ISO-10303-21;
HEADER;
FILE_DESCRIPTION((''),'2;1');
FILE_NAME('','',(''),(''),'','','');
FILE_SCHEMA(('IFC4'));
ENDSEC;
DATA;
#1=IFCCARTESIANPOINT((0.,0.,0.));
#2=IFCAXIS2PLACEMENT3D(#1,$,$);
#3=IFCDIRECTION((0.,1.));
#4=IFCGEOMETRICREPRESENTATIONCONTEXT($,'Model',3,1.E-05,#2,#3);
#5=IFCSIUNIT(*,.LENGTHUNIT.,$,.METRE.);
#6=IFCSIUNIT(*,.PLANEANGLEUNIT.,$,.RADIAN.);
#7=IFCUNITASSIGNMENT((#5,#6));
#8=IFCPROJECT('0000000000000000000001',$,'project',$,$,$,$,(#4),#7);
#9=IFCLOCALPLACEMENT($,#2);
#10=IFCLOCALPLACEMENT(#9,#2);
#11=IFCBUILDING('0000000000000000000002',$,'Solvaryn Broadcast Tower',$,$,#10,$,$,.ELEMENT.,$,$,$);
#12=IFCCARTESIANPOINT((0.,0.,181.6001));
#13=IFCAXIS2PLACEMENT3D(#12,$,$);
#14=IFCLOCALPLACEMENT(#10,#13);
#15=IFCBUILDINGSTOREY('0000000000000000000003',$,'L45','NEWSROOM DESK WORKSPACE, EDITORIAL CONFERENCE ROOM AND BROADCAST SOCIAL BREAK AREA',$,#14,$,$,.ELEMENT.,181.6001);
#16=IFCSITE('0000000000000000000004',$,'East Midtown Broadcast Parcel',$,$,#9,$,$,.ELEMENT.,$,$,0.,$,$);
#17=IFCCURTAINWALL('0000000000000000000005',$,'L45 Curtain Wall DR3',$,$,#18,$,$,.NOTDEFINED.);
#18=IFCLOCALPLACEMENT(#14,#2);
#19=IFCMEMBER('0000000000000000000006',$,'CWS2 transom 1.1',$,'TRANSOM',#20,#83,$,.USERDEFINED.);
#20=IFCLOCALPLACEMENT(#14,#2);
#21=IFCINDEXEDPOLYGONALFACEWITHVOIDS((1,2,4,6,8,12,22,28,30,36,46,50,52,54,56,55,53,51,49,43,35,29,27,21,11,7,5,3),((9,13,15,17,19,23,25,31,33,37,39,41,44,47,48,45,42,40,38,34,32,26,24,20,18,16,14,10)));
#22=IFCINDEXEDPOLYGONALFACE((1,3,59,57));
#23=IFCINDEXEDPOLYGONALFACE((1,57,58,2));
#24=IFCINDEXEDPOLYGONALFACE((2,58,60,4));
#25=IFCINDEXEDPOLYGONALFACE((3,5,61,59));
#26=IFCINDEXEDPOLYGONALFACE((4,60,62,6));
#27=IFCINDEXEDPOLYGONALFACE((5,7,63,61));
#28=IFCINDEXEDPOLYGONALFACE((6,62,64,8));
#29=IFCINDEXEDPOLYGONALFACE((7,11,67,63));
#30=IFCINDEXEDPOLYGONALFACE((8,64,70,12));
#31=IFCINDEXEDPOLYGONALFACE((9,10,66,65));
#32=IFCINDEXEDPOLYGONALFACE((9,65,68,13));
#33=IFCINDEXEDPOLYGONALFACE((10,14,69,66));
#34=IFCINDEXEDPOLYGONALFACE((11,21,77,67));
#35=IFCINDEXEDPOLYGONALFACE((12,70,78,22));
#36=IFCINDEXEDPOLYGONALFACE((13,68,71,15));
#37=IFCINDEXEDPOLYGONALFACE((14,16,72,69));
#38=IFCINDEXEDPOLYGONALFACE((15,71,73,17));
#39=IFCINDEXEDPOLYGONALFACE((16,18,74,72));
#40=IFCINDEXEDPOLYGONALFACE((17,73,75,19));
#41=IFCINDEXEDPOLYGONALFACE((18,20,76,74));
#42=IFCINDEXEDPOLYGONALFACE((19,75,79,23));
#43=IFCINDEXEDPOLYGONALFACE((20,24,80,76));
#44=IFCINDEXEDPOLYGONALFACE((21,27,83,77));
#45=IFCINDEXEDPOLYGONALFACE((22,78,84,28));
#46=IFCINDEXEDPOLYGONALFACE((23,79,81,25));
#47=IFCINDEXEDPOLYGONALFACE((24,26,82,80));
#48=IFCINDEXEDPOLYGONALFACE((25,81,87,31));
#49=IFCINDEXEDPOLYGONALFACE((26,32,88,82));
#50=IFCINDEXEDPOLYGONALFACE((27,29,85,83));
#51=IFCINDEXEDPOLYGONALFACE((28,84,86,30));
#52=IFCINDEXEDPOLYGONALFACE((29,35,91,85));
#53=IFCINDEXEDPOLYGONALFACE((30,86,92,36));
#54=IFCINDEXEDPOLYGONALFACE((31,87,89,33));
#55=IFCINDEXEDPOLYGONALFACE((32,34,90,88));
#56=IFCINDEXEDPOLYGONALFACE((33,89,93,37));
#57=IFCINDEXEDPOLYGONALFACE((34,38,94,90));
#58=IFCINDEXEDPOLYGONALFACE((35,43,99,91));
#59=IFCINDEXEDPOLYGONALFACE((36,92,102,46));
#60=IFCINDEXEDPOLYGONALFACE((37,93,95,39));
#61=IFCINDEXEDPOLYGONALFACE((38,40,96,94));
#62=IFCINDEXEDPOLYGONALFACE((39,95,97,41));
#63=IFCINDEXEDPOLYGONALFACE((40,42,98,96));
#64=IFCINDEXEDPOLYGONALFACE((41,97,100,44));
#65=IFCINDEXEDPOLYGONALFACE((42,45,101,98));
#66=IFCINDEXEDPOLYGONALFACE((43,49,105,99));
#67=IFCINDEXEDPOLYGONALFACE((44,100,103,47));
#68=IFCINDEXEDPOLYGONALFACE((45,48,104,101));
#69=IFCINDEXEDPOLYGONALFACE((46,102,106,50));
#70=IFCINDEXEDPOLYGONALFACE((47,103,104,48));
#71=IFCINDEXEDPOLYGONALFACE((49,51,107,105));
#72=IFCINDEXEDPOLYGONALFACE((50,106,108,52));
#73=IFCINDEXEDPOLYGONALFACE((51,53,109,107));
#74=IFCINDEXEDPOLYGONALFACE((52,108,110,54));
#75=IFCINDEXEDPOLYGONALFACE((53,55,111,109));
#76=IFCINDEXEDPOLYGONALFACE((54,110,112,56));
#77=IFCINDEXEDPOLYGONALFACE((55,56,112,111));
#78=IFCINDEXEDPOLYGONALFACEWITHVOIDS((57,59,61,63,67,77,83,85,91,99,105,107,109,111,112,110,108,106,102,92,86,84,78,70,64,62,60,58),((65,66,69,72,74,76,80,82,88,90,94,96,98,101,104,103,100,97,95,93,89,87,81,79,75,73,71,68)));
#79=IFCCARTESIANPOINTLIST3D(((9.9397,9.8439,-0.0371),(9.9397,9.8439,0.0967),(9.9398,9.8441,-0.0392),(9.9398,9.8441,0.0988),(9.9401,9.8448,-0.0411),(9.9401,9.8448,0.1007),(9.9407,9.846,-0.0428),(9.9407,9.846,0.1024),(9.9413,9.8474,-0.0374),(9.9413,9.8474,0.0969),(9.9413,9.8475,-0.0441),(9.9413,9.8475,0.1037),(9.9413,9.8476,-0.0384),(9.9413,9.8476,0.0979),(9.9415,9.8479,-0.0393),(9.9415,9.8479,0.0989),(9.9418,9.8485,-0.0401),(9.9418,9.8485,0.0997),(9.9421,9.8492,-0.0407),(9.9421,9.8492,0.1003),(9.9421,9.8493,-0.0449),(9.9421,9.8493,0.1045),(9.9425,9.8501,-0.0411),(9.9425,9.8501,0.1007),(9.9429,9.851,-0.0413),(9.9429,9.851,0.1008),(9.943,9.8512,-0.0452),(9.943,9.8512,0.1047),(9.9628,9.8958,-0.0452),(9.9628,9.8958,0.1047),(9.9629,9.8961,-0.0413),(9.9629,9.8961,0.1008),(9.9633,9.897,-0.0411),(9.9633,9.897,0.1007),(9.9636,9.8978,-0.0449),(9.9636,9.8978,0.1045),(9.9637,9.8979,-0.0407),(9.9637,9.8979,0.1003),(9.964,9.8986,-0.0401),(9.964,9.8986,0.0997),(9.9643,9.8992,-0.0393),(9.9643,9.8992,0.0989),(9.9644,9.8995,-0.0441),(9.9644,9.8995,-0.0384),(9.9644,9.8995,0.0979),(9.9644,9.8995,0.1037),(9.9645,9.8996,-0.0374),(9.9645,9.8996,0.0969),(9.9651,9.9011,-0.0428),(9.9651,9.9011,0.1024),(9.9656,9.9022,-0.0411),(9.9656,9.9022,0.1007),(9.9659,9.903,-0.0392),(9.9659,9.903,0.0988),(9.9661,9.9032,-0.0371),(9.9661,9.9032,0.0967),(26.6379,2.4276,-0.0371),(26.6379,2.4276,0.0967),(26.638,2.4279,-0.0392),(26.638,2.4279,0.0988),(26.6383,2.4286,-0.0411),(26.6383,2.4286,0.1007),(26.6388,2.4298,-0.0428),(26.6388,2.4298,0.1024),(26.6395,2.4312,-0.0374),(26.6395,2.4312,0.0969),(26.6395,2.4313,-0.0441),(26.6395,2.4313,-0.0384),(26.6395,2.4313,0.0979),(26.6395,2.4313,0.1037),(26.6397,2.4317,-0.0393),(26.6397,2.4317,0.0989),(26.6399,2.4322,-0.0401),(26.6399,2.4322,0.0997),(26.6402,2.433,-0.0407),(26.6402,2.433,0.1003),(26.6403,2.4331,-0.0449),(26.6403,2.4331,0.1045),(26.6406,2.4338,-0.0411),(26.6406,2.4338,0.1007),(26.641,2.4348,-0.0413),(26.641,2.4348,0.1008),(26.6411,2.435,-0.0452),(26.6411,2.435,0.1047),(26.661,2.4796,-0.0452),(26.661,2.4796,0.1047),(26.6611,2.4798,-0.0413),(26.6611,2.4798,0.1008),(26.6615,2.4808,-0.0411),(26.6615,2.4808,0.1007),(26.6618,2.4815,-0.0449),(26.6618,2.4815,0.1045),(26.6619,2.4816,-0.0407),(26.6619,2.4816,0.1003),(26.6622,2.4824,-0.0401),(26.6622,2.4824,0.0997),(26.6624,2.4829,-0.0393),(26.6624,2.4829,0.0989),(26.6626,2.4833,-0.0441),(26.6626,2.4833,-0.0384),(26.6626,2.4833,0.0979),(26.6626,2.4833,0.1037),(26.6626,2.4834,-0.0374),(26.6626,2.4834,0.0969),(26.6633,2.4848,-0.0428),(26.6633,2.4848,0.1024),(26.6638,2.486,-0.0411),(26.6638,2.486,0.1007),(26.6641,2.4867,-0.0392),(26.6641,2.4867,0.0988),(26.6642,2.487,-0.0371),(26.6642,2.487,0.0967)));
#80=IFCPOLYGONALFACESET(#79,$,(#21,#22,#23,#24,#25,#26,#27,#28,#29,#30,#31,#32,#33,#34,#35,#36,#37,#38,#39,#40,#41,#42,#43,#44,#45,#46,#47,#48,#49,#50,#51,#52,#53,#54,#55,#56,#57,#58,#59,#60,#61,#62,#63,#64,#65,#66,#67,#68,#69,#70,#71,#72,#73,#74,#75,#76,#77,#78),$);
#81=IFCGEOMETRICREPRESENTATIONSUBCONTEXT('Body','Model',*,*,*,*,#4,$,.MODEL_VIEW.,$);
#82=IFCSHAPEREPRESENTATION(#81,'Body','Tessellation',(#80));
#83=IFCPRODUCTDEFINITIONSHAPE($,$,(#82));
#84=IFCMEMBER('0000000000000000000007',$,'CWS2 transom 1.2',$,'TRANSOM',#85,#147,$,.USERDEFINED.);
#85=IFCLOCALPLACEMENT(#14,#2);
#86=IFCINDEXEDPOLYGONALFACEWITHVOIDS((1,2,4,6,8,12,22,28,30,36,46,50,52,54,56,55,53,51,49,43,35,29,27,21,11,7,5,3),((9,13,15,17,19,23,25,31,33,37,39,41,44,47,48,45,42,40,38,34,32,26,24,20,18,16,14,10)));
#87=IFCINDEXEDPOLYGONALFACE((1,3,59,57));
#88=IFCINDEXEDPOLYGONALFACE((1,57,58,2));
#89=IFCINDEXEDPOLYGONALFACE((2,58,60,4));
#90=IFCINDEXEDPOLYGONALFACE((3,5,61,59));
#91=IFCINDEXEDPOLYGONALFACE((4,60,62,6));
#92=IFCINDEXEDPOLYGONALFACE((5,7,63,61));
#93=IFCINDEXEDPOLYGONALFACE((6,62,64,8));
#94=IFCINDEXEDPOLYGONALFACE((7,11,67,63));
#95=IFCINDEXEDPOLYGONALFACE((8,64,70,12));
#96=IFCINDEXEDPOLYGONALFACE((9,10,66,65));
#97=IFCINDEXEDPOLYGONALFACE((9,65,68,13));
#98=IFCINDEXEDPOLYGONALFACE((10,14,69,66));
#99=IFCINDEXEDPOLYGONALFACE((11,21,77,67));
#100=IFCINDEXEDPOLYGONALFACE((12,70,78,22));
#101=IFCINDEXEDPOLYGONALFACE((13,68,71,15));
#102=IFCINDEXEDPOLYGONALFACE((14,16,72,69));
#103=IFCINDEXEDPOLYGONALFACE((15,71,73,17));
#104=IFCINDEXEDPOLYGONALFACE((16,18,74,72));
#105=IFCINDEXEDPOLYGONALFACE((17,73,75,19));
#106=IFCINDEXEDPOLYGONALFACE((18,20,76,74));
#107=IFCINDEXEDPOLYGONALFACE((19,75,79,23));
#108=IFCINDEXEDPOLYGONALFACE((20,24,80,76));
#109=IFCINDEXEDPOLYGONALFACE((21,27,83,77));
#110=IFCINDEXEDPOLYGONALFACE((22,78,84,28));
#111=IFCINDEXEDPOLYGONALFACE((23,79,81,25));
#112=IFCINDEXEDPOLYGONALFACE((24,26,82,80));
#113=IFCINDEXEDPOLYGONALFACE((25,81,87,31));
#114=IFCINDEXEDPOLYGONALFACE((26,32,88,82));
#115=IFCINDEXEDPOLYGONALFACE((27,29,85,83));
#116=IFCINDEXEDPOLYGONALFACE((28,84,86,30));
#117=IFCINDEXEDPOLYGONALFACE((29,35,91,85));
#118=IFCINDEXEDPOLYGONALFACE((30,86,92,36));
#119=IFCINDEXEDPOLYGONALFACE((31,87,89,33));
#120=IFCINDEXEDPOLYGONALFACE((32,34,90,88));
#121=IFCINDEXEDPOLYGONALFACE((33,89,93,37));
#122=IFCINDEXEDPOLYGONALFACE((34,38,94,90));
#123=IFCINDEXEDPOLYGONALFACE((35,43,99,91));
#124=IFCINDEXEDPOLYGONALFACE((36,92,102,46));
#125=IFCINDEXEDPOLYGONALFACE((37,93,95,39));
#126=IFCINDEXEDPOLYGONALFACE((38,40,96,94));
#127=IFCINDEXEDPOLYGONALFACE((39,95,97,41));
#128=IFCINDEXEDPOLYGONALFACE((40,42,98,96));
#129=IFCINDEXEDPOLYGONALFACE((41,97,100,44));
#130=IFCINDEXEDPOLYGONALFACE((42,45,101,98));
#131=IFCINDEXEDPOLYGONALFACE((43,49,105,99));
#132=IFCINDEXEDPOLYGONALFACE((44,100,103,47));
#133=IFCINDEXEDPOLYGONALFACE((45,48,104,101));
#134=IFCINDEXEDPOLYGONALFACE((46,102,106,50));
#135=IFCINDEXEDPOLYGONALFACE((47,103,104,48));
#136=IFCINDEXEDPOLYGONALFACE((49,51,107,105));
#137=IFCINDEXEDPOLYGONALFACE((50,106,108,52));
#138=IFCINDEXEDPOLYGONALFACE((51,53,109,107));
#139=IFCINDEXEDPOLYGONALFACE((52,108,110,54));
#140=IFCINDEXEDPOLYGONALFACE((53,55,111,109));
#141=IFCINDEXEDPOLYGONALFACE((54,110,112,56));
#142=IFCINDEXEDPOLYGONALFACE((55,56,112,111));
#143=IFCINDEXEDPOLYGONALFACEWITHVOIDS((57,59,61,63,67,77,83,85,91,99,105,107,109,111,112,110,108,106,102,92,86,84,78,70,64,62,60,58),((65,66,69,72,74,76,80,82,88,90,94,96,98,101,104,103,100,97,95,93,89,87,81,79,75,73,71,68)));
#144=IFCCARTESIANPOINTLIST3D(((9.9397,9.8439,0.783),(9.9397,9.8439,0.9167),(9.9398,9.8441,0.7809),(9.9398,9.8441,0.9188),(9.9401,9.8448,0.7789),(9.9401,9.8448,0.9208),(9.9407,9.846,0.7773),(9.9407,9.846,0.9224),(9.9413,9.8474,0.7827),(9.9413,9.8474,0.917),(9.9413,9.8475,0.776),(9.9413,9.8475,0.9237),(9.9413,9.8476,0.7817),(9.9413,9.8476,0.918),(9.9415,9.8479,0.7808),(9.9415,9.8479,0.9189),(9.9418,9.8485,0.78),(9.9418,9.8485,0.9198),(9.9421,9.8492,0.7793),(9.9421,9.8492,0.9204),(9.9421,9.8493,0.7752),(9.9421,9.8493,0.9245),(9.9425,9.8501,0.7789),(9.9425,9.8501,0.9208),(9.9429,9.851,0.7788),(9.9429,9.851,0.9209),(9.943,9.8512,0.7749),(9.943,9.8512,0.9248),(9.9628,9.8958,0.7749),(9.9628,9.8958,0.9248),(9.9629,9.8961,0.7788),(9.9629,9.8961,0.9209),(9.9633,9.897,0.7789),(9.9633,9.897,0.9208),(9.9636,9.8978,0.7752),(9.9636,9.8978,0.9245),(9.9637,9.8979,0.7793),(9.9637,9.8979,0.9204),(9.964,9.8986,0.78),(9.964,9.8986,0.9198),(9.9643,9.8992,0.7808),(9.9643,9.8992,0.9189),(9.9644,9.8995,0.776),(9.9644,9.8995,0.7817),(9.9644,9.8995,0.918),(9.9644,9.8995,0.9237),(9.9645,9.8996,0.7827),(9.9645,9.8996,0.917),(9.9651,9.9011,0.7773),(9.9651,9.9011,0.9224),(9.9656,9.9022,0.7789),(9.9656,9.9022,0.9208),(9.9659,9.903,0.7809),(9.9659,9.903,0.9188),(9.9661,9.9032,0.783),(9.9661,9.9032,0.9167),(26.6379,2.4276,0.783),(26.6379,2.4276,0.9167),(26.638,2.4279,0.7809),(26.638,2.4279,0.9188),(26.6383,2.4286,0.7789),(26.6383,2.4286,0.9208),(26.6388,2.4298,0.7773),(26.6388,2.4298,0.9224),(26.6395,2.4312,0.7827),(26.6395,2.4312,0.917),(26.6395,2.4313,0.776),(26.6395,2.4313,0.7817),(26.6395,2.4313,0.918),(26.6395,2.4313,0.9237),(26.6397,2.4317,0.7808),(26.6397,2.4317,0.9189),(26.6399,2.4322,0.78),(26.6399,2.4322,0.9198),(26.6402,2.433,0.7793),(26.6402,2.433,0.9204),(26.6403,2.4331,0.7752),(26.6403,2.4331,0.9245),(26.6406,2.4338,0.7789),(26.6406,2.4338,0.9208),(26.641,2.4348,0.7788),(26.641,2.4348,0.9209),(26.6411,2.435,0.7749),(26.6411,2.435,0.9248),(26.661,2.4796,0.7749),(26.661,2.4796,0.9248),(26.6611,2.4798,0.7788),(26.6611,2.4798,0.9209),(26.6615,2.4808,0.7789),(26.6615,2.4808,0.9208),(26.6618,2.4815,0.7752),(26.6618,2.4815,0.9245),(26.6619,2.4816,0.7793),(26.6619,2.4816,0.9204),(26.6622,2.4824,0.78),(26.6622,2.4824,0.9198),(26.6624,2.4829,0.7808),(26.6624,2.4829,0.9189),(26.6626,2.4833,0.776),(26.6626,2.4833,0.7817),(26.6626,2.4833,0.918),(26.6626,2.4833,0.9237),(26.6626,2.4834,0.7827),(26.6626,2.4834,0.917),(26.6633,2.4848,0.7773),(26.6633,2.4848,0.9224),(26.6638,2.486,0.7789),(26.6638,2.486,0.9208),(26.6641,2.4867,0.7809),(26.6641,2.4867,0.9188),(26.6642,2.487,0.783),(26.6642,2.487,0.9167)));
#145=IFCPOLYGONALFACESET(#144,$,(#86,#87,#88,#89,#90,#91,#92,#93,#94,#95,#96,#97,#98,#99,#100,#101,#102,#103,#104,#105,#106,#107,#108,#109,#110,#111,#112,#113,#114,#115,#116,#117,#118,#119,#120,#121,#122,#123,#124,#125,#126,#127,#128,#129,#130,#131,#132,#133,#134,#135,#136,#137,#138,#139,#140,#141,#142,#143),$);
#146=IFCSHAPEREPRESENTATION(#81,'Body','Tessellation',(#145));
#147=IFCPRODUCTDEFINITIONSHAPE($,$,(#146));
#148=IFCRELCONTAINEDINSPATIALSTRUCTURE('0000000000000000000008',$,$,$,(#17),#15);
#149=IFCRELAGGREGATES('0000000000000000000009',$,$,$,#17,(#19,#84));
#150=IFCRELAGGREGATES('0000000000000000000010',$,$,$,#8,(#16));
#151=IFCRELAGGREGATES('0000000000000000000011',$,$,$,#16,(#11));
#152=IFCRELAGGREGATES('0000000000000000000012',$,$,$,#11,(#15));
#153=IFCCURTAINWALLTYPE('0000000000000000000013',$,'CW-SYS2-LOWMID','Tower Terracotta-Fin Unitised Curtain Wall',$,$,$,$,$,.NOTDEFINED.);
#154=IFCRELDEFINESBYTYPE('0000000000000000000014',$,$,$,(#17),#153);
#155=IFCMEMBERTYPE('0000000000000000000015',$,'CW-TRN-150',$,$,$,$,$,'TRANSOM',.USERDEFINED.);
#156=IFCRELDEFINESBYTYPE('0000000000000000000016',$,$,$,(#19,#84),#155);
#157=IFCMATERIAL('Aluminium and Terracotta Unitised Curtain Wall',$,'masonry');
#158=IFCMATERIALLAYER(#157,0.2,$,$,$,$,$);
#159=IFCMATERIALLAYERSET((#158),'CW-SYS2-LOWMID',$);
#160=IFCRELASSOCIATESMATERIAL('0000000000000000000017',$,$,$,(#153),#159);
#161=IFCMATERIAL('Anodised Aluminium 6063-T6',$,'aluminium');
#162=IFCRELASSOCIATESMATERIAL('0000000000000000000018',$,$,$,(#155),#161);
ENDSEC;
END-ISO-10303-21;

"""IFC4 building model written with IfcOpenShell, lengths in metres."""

from ifc_helpers import new_model, si_unit, direction, frame, origin, origin_2d, place, context, subcontext, project, spatial, hollow_rectangle, extrude, material, layer, layer_set, material_profile, profile_set, type_object, element, aggregate, save


model = new_model("IFC4")

# Units and contexts
model_context = context("Model", 3, precision=1e-05, world=origin(), true_north=direction((0.0, 1.0)))
body_context = subcontext(model_context, "Body", "Model", "MODEL_VIEW")
ifc_project = project(units=[si_unit("LENGTHUNIT", "METRE"), si_unit("PLANEANGLEUNIT", "RADIAN")], contexts=[model_context])

# Site, building, storey
site_placement = place(None, origin())
site = spatial("IfcSite", under=ifc_project, at=site_placement, Name="East Midtown Broadcast Parcel", CompositionType="ELEMENT", RefElevation=0.0)
building_placement = place(site_placement, origin())
building = spatial("IfcBuilding", under=site, at=building_placement, Name="Solvaryn Broadcast Tower", CompositionType="ELEMENT")
storey_placement = place(building_placement, frame((0.0, 0.0, 181.6001)))
storey = spatial("IfcBuildingStorey", under=building, at=storey_placement, Name="L45", Description="NEWSROOM DESK WORKSPACE, EDITORIAL CONFERENCE ROOM AND BROADCAST SOCIAL BREAK AREA", CompositionType="ELEMENT", Elevation=181.6001)

# Shared definitions
ifc_material_1 = material(Name="Aluminium and Terracotta Unitised Curtain Wall", Category="masonry")
ifc_layer_1 = layer(ifc_material_1, 0.2)
ifc_layer_set_1 = layer_set([ifc_layer_1], Name="CW-SYS2-LOWMID")
curtain_wall_type = type_object("IfcCurtainWallType", Name="CW-SYS2-LOWMID", Description="Tower Terracotta-Fin Unitised Curtain Wall", PredefinedType="NOTDEFINED", material=ifc_layer_set_1)

# Curtain wall, members
curtain_wall_1_placement = place(storey_placement, origin())
curtain_wall_1 = element("IfcCurtainWall", 1, at=curtain_wall_1_placement, inside=storey, type_object=curtain_wall_type, Name="L45 Curtain Wall DR3", PredefinedType="NOTDEFINED")
ifc_material_2 = material(Name="Anodised Aluminium 6063-T6", Category="aluminium")
ifc_material_profile_1 = material_profile(ifc_material_2, hollow_rectangle(XDim=0.0649, YDim=0.1499, WallThickness=0.0039, InnerFilletRadius=0.0039, OuterFilletRadius=0.0081, at=origin_2d()))
ifc_profile_set_1 = profile_set([ifc_material_profile_1], Name="Anodised Aluminium 6063-T6")
member_type_1 = type_object("IfcMemberType", Name="CW-TRN-150", ElementType="TRANSOM", PredefinedType="USERDEFINED", material=ifc_profile_set_1)
member_1_placement = place(storey_placement, frame((9.9529, 9.8735, 0.0298), z_axis=(0.913917, -0.405902, 0.0), x_axis=(0.405902, 0.913917, 0.0)))
member_1 = element("IfcMember", 2, at=member_1_placement, type_object=member_type_1, Name="CWS2 transom 1.1", ObjectType="TRANSOM", PredefinedType="USERDEFINED", context=body_context, shape_type="SweptSolid", body=[
    extrude(hollow_rectangle(XDim=0.0649, YDim=0.1499, WallThickness=0.0039, InnerFilletRadius=0.0039, OuterFilletRadius=0.0081, at=origin_2d()), origin(), (0.0, 0.0, 1.0), 18.271),
])
member_2_placement = place(storey_placement, frame((9.9529, 9.8735, 0.8499), z_axis=(0.913917, -0.405902, 0.0), x_axis=(0.405902, 0.913917, 0.0)))
member_2 = element("IfcMember", 3, at=member_2_placement, type_object=member_type_1, Name="CWS2 transom 1.2", ObjectType="TRANSOM", PredefinedType="USERDEFINED", context=body_context, shape_type="SweptSolid", body=[
    extrude(hollow_rectangle(XDim=0.0649, YDim=0.1499, WallThickness=0.0039, InnerFilletRadius=0.0039, OuterFilletRadius=0.0081, at=origin_2d()), origin(), (0.0, 0.0, 1.0), 18.271),
])
aggregate(curtain_wall_1, [member_1, member_2])

save(model, "model.ifc")
